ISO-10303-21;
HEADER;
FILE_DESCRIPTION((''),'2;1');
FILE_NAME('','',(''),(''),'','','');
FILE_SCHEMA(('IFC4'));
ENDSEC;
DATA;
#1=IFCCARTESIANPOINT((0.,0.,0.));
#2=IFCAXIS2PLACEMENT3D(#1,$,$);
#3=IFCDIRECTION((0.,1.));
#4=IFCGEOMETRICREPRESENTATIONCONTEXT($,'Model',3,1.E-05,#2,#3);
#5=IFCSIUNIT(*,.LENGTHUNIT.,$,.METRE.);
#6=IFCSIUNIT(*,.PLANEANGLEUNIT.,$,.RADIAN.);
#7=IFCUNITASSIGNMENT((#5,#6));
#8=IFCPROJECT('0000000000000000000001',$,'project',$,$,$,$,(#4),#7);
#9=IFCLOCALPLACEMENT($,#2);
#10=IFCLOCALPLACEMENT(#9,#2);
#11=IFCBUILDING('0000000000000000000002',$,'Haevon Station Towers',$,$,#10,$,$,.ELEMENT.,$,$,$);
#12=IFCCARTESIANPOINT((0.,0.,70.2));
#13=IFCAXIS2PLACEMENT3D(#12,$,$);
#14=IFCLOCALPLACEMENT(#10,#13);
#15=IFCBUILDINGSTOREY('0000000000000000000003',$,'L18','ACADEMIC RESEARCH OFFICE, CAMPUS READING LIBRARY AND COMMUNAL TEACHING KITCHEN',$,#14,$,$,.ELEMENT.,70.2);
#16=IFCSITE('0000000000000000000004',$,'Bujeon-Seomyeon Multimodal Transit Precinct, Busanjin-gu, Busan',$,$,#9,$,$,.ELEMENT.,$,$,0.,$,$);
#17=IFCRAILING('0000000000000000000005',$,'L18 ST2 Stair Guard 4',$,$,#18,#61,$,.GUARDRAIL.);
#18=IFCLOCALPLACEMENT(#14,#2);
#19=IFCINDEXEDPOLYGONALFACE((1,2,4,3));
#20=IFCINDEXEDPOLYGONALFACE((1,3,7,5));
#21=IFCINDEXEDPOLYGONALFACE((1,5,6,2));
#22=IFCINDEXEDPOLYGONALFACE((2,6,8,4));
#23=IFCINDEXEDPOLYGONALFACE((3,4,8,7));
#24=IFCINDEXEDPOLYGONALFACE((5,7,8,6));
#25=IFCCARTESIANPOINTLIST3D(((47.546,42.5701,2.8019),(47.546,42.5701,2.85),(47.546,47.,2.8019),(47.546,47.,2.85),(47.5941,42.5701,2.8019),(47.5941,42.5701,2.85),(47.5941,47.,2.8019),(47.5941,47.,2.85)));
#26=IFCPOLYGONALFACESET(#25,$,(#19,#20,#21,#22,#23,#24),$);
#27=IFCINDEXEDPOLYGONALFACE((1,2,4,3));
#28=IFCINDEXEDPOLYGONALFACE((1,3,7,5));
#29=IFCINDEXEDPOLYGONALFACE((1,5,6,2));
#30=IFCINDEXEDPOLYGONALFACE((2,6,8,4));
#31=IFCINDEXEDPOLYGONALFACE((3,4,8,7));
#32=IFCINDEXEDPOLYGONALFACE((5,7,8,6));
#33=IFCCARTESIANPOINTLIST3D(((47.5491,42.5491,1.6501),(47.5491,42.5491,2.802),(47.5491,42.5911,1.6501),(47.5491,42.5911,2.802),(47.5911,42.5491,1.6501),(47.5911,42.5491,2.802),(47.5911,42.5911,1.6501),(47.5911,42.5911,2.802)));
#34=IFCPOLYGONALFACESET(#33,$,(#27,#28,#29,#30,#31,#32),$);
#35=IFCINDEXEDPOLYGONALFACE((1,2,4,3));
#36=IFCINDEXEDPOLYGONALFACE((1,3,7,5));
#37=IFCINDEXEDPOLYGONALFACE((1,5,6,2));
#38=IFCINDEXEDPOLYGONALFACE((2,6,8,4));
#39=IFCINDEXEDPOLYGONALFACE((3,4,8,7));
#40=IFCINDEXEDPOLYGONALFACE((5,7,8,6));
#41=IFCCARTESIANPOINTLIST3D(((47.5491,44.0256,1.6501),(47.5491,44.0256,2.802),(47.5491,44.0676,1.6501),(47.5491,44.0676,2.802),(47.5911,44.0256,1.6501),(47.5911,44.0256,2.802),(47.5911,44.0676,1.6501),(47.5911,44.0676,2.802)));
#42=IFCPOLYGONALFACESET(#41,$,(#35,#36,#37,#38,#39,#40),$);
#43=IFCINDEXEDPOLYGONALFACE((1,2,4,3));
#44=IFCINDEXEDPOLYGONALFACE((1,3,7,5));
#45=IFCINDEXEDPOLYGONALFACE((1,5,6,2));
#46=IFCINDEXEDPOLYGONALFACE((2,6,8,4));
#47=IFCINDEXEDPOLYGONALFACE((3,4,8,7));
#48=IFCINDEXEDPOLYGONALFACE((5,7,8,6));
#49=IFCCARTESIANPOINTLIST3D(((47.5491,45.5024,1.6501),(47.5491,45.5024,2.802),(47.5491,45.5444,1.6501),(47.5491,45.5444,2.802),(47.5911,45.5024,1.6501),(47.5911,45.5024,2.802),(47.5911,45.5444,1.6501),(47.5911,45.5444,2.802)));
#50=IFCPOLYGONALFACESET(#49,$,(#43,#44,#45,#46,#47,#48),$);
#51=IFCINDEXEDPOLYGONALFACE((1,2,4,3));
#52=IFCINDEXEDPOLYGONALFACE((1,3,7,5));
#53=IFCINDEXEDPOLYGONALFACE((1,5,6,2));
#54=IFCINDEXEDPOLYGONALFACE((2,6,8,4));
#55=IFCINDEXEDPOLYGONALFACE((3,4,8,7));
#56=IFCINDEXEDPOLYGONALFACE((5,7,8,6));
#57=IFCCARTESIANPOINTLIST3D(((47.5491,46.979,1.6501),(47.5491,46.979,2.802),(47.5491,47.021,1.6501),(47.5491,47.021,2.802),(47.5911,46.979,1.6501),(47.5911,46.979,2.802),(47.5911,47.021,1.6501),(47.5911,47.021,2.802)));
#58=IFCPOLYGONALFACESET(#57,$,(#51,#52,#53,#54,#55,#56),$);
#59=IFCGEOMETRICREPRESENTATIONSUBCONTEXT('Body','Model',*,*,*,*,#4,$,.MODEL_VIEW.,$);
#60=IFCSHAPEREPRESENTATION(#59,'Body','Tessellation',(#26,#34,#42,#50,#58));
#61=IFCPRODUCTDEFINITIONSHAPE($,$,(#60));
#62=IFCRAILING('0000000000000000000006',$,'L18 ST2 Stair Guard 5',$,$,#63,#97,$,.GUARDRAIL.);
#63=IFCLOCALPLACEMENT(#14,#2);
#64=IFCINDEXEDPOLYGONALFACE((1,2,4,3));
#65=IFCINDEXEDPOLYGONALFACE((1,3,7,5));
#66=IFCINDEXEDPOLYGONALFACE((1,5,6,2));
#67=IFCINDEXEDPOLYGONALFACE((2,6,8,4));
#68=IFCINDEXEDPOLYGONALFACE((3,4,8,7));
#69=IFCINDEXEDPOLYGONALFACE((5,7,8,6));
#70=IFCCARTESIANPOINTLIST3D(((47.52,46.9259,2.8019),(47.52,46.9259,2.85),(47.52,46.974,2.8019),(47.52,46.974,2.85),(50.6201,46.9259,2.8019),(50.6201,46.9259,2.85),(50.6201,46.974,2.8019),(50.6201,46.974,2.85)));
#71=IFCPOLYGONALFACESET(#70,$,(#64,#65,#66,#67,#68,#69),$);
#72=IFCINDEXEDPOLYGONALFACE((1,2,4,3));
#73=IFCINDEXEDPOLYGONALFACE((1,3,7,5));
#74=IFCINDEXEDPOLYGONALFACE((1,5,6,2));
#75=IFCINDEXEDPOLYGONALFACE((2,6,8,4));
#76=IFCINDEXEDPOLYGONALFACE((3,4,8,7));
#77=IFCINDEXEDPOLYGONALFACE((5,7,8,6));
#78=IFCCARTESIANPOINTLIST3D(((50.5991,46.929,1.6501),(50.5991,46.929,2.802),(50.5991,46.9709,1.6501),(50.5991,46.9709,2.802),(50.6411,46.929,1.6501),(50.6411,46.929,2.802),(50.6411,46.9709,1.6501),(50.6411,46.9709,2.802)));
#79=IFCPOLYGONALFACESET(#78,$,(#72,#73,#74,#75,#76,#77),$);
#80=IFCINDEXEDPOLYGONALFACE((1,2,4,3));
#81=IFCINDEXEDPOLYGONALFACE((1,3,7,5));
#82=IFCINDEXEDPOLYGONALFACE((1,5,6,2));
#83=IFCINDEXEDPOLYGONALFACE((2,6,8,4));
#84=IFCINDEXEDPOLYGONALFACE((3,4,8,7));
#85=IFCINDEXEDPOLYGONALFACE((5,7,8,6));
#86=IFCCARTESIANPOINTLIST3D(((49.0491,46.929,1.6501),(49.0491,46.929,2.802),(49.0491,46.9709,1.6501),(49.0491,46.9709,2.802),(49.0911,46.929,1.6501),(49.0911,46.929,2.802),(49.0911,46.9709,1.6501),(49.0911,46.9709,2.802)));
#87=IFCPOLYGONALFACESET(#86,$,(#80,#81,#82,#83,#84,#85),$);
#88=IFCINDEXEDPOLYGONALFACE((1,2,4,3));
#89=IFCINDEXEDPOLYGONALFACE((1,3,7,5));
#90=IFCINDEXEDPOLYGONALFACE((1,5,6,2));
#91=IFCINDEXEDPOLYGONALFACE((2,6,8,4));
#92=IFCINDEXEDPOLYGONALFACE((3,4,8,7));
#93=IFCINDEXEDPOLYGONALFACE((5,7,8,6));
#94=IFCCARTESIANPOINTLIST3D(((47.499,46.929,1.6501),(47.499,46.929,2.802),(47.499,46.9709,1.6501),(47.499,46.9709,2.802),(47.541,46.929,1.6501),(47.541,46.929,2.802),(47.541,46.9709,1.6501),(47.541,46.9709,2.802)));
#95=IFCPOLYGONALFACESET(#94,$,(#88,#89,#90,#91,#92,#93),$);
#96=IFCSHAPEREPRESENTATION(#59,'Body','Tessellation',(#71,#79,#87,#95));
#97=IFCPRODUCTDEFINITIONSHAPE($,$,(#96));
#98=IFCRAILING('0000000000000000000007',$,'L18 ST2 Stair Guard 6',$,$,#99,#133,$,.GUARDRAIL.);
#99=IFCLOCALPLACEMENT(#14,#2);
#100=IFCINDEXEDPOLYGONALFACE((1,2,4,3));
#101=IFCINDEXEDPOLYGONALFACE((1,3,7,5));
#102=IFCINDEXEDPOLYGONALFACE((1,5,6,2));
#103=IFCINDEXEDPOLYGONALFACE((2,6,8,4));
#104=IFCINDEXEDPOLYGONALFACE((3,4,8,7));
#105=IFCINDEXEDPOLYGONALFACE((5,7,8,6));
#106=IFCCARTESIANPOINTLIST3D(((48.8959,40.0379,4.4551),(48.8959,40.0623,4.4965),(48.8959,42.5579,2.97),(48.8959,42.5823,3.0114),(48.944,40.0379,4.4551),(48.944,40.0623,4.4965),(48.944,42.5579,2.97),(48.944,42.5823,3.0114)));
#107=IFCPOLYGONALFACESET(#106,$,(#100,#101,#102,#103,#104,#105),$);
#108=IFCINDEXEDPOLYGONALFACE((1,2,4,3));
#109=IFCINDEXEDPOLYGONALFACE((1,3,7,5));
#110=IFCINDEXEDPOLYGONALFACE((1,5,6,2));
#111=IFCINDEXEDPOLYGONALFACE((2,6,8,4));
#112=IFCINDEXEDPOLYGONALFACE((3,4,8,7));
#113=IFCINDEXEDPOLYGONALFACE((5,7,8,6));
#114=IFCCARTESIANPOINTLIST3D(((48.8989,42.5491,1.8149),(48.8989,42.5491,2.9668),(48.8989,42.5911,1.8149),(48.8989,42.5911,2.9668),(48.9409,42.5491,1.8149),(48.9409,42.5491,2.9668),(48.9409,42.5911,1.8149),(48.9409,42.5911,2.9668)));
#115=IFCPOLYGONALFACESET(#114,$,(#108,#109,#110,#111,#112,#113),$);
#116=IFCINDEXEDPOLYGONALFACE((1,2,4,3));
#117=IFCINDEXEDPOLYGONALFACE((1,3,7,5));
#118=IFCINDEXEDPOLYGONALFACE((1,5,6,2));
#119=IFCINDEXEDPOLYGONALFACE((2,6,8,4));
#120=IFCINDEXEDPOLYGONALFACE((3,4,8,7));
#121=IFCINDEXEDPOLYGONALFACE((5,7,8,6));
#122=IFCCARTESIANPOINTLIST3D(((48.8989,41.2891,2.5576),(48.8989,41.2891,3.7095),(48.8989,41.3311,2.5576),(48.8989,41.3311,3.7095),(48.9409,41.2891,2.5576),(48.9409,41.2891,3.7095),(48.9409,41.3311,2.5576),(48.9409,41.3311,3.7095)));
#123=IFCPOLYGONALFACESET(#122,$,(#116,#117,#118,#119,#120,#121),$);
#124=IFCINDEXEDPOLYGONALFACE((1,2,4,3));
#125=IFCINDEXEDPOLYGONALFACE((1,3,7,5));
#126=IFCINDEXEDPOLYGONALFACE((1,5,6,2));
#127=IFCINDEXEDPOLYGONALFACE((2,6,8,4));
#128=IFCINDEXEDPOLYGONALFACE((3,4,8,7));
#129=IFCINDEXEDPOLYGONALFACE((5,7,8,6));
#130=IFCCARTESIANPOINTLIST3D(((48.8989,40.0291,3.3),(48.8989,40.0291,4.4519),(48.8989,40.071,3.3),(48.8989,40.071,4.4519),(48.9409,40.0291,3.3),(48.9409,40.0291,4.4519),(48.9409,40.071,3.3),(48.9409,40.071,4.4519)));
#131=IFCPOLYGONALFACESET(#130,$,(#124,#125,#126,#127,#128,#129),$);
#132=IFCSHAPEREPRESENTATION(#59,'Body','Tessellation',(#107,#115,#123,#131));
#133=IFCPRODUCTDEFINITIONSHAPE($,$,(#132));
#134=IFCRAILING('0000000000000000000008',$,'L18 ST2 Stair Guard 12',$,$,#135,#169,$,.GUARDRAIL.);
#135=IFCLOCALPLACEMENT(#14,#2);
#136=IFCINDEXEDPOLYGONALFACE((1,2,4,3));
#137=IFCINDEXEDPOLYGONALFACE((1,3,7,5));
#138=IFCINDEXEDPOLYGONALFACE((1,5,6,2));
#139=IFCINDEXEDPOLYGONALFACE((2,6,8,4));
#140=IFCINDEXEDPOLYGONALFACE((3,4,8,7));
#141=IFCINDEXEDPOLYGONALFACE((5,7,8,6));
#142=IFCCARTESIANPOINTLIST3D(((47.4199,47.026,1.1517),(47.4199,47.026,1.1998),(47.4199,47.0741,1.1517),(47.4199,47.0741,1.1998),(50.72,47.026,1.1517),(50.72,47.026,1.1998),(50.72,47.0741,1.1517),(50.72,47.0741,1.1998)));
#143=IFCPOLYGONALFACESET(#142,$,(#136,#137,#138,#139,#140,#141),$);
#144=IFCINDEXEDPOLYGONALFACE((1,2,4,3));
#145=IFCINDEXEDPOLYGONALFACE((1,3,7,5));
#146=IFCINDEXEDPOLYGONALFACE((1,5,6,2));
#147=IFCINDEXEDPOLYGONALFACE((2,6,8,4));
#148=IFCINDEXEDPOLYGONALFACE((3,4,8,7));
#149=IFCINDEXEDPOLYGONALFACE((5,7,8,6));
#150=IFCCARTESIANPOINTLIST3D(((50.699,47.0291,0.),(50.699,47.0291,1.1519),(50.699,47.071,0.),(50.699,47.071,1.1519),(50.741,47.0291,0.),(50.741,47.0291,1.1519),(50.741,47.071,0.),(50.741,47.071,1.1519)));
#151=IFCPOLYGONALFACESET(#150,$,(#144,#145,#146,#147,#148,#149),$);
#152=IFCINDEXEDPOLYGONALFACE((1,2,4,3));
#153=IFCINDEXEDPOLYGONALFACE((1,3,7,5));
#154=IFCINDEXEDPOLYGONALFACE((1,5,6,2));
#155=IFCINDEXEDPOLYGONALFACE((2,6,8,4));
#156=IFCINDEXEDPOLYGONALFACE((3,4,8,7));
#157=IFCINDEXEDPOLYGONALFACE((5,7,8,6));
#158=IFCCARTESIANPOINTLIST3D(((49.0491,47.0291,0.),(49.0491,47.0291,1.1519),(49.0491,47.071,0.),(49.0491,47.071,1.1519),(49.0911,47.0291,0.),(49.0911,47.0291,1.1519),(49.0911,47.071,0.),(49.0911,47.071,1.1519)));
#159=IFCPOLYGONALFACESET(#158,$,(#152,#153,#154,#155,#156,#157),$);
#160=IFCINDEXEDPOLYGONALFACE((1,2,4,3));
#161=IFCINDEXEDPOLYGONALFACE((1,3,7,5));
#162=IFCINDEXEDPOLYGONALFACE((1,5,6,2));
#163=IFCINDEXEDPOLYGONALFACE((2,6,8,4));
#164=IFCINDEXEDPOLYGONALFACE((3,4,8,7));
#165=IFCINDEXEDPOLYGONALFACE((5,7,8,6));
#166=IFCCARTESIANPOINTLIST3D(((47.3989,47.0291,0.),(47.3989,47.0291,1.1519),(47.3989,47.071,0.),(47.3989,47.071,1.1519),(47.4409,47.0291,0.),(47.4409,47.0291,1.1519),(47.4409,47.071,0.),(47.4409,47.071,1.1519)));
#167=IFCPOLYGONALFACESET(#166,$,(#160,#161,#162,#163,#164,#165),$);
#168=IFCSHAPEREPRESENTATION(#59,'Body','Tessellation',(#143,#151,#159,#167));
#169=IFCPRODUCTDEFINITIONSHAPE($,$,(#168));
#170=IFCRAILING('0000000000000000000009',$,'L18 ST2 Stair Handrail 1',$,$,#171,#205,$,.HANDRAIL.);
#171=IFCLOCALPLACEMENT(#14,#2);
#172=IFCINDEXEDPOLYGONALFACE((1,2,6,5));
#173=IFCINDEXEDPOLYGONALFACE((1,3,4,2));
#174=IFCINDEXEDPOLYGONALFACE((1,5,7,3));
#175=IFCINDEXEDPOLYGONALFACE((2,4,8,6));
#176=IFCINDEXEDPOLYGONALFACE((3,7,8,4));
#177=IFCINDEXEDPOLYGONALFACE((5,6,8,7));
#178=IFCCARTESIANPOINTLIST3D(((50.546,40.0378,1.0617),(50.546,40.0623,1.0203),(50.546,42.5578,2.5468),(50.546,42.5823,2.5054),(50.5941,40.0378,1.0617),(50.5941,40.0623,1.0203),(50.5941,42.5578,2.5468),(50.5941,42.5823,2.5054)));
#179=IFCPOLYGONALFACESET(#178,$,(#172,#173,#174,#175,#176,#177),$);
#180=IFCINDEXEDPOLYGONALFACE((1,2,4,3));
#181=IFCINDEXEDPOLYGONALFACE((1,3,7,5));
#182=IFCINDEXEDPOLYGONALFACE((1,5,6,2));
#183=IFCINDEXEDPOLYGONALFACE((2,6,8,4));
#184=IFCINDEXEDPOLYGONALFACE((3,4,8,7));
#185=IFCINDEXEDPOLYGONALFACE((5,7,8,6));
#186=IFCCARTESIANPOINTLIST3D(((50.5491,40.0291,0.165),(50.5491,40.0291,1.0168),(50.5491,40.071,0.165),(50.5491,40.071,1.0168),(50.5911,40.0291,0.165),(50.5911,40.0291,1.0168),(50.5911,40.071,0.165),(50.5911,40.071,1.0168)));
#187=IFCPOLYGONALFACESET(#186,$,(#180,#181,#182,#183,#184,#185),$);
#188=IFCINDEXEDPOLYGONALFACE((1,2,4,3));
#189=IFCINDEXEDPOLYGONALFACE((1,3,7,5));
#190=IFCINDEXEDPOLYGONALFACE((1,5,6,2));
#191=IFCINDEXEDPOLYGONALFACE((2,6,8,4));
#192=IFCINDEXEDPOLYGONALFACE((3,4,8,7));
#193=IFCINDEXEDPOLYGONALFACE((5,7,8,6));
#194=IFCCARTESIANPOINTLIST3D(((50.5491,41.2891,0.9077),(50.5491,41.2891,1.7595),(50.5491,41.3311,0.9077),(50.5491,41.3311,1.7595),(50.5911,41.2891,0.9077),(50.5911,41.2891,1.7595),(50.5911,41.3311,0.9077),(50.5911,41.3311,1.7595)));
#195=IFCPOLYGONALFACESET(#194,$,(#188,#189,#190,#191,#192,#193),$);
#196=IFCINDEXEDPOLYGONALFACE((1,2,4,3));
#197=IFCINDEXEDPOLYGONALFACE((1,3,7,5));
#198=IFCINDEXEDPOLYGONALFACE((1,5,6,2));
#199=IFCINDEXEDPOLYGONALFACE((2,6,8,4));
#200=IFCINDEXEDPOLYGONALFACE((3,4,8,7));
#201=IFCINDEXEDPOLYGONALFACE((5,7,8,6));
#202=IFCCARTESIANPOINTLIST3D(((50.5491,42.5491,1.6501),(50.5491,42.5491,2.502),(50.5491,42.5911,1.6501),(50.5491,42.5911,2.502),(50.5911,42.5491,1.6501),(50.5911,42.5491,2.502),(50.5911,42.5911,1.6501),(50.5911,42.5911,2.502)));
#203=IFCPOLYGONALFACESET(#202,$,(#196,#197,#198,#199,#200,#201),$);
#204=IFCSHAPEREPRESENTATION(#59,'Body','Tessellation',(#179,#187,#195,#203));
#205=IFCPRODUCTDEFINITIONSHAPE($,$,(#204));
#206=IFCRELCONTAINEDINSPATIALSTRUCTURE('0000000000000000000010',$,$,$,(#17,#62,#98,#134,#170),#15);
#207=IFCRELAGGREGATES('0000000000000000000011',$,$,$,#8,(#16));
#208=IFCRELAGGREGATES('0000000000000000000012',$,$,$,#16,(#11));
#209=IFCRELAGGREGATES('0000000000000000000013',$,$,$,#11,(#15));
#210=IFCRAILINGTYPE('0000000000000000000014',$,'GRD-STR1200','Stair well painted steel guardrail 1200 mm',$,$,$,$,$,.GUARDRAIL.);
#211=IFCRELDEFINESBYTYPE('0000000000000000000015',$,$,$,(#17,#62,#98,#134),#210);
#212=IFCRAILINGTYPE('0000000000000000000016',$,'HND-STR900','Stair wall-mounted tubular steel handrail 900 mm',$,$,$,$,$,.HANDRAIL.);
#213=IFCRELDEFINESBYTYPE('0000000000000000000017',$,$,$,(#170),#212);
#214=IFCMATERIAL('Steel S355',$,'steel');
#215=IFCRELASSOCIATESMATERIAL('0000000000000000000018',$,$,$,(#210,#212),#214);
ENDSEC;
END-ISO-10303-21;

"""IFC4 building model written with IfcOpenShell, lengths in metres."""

from ifc_helpers import new_model, si_unit, direction, frame, origin, origin_2d, place, context, subcontext, project, spatial, rectangle, extrude, material, type_object, element, save


model = new_model("IFC4")

# Units and contexts
model_context = context("Model", 3, precision=1e-05, world=origin(), true_north=direction((0.0, 1.0)))
body_context = subcontext(model_context, "Body", "Model", "MODEL_VIEW")
ifc_project = project(units=[si_unit("LENGTHUNIT", "METRE"), si_unit("PLANEANGLEUNIT", "RADIAN")], contexts=[model_context])

# Site, building, storey
site_placement = place(None, origin())
site = spatial("IfcSite", under=ifc_project, at=site_placement, Name="Bujeon-Seomyeon Multimodal Transit Precinct, Busanjin-gu, Busan", CompositionType="ELEMENT", RefElevation=0.0)
building_placement = place(site_placement, origin())
building = spatial("IfcBuilding", under=site, at=building_placement, Name="Haevon Station Towers", CompositionType="ELEMENT")
storey_placement = place(building_placement, frame((0.0, 0.0, 70.2)))
storey = spatial("IfcBuildingStorey", under=building, at=storey_placement, Name="L18", Description="ACADEMIC RESEARCH OFFICE, CAMPUS READING LIBRARY AND COMMUNAL TEACHING KITCHEN", CompositionType="ELEMENT", Elevation=70.2)

# Shared definitions
ifc_material_1 = material(Name="Steel S355", Category="steel")

# Railings
railing_type_1 = type_object("IfcRailingType", Name="GRD-STR1200", Description="Stair well painted steel guardrail 1200 mm", PredefinedType="GUARDRAIL", material=ifc_material_1)
for number, where, name in (
    (1, (47.5701, 42.5701, 1.6501), "L18 ST2 Stair Guard 4"),
):
    element("IfcRailing", number, at=place(storey_placement, frame(where)), inside=storey, type_object=railing_type_1, Name=name, PredefinedType="GUARDRAIL", context=body_context, shape_type="SweptSolid", body=[
        extrude(rectangle(XDim=0.0481, YDim=0.0481, at=origin_2d()), frame((0.0, 0.0, 1.1758), z_axis=(0.0, 1.0, 0.0), x_axis=(-1.0, 0.0, 0.0)), (0.0, 0.0, 1.0), 4.4299),
        extrude(rectangle(XDim=0.042, YDim=0.042, at=origin_2d()), origin(), (0.0, 0.0, 1.0), 1.1519),
        extrude(rectangle(XDim=0.042, YDim=0.042, at=origin_2d()), frame((0.0, 1.4766, 0.0)), (0.0, 0.0, 1.0), 1.1519),
        extrude(rectangle(XDim=0.042, YDim=0.042, at=origin_2d()), frame((0.0, 2.9534, 0.0)), (0.0, 0.0, 1.0), 1.1519),
        extrude(rectangle(XDim=0.042, YDim=0.042, at=origin_2d()), frame((0.0, 4.4299, 0.0)), (0.0, 0.0, 1.0), 1.1519),
    ])
railing_1_placement = place(storey_placement, frame((50.6201, 46.95, 1.6501)))
element("IfcRailing", 2, at=railing_1_placement, inside=storey, type_object=railing_type_1, Name="L18 ST2 Stair Guard 5", PredefinedType="GUARDRAIL", context=body_context, shape_type="SweptSolid", body=[
    extrude(rectangle(XDim=0.0481, YDim=0.0481, at=origin_2d()), frame((0.0, 0.0, 1.1758), z_axis=(-1.0, 0.0, 0.0), x_axis=(0.0, -1.0, 0.0)), (0.0, 0.0, 1.0), 3.1001),
    extrude(rectangle(XDim=0.042, YDim=0.042, at=origin_2d()), origin(), (0.0, 0.0, 1.0), 1.1519),
    extrude(rectangle(XDim=0.042, YDim=0.042, at=origin_2d()), frame((-1.55, 0.0, 0.0)), (0.0, 0.0, 1.0), 1.1519),
    extrude(rectangle(XDim=0.042, YDim=0.042, at=origin_2d()), frame((-3.1001, 0.0, 0.0)), (0.0, 0.0, 1.0), 1.1519),
])
railing_2_placement = place(storey_placement, frame((48.9199, 42.5701, 1.8149)))
element("IfcRailing", 3, at=railing_2_placement, inside=storey, type_object=railing_type_1, Name="L18 ST2 Stair Guard 6", PredefinedType="GUARDRAIL", context=body_context, shape_type="SweptSolid", body=[
    extrude(rectangle(XDim=0.0481, YDim=0.0481, at=origin_2d()), frame((0.0, 0.0, 1.1758), z_axis=(0.0, -0.861524, 0.507717), x_axis=(1.0, 0.0, 0.0)), (0.0, 0.0, 1.0), 2.925),
    extrude(rectangle(XDim=0.042, YDim=0.042, at=origin_2d()), origin(), (0.0, 0.0, 1.0), 1.1519),
    extrude(rectangle(XDim=0.042, YDim=0.042, at=origin_2d()), frame((0.0, -1.26, 0.7427)), (0.0, 0.0, 1.0), 1.1519),
    extrude(rectangle(XDim=0.042, YDim=0.042, at=origin_2d()), frame((0.0, -2.52, 1.4851)), (0.0, 0.0, 1.0), 1.1519),
])
railing_3_placement = place(storey_placement, frame((50.72, 47.05, 0.0)))
element("IfcRailing", 4, at=railing_3_placement, inside=storey, type_object=railing_type_1, Name="L18 ST2 Stair Guard 12", PredefinedType="GUARDRAIL", context=body_context, shape_type="SweptSolid", body=[
    extrude(rectangle(XDim=0.0481, YDim=0.0481, at=origin_2d()), frame((0.0, 0.0, 1.1758), z_axis=(-1.0, 0.0, 0.0), x_axis=(0.0, -1.0, 0.0)), (0.0, 0.0, 1.0), 3.3),
    extrude(rectangle(XDim=0.042, YDim=0.042, at=origin_2d()), origin(), (0.0, 0.0, 1.0), 1.1519),
    extrude(rectangle(XDim=0.042, YDim=0.042, at=origin_2d()), frame((-1.6499, 0.0, 0.0)), (0.0, 0.0, 1.0), 1.1519),
    extrude(rectangle(XDim=0.042, YDim=0.042, at=origin_2d()), frame((-3.3, 0.0, 0.0)), (0.0, 0.0, 1.0), 1.1519),
])
railing_type_2 = type_object("IfcRailingType", Name="HND-STR900", Description="Stair wall-mounted tubular steel handrail 900 mm", PredefinedType="HANDRAIL", material=ifc_material_1)
railing_4_placement = place(storey_placement, frame((50.5701, 40.05, 0.165)))
element("IfcRailing", 5, at=railing_4_placement, inside=storey, type_object=railing_type_2, Name="L18 ST2 Stair Handrail 1", PredefinedType="HANDRAIL", context=body_context, shape_type="SweptSolid", body=[
    extrude(rectangle(XDim=0.0481, YDim=0.0481, at=origin_2d()), frame((0.0, 0.0, 0.876), z_axis=(0.0, 0.861524, 0.507717), x_axis=(-1.0, 0.0, 0.0)), (0.0, 0.0, 1.0), 2.925),
    extrude(rectangle(XDim=0.042, YDim=0.042, at=origin_2d()), origin(), (0.0, 0.0, 1.0), 0.8518),
    extrude(rectangle(XDim=0.042, YDim=0.042, at=origin_2d()), frame((0.0, 1.26, 0.7427)), (0.0, 0.0, 1.0), 0.8518),
    extrude(rectangle(XDim=0.042, YDim=0.042, at=origin_2d()), frame((0.0, 2.52, 1.4851)), (0.0, 0.0, 1.0), 0.8518),
])

save(model, "model.ifc")
